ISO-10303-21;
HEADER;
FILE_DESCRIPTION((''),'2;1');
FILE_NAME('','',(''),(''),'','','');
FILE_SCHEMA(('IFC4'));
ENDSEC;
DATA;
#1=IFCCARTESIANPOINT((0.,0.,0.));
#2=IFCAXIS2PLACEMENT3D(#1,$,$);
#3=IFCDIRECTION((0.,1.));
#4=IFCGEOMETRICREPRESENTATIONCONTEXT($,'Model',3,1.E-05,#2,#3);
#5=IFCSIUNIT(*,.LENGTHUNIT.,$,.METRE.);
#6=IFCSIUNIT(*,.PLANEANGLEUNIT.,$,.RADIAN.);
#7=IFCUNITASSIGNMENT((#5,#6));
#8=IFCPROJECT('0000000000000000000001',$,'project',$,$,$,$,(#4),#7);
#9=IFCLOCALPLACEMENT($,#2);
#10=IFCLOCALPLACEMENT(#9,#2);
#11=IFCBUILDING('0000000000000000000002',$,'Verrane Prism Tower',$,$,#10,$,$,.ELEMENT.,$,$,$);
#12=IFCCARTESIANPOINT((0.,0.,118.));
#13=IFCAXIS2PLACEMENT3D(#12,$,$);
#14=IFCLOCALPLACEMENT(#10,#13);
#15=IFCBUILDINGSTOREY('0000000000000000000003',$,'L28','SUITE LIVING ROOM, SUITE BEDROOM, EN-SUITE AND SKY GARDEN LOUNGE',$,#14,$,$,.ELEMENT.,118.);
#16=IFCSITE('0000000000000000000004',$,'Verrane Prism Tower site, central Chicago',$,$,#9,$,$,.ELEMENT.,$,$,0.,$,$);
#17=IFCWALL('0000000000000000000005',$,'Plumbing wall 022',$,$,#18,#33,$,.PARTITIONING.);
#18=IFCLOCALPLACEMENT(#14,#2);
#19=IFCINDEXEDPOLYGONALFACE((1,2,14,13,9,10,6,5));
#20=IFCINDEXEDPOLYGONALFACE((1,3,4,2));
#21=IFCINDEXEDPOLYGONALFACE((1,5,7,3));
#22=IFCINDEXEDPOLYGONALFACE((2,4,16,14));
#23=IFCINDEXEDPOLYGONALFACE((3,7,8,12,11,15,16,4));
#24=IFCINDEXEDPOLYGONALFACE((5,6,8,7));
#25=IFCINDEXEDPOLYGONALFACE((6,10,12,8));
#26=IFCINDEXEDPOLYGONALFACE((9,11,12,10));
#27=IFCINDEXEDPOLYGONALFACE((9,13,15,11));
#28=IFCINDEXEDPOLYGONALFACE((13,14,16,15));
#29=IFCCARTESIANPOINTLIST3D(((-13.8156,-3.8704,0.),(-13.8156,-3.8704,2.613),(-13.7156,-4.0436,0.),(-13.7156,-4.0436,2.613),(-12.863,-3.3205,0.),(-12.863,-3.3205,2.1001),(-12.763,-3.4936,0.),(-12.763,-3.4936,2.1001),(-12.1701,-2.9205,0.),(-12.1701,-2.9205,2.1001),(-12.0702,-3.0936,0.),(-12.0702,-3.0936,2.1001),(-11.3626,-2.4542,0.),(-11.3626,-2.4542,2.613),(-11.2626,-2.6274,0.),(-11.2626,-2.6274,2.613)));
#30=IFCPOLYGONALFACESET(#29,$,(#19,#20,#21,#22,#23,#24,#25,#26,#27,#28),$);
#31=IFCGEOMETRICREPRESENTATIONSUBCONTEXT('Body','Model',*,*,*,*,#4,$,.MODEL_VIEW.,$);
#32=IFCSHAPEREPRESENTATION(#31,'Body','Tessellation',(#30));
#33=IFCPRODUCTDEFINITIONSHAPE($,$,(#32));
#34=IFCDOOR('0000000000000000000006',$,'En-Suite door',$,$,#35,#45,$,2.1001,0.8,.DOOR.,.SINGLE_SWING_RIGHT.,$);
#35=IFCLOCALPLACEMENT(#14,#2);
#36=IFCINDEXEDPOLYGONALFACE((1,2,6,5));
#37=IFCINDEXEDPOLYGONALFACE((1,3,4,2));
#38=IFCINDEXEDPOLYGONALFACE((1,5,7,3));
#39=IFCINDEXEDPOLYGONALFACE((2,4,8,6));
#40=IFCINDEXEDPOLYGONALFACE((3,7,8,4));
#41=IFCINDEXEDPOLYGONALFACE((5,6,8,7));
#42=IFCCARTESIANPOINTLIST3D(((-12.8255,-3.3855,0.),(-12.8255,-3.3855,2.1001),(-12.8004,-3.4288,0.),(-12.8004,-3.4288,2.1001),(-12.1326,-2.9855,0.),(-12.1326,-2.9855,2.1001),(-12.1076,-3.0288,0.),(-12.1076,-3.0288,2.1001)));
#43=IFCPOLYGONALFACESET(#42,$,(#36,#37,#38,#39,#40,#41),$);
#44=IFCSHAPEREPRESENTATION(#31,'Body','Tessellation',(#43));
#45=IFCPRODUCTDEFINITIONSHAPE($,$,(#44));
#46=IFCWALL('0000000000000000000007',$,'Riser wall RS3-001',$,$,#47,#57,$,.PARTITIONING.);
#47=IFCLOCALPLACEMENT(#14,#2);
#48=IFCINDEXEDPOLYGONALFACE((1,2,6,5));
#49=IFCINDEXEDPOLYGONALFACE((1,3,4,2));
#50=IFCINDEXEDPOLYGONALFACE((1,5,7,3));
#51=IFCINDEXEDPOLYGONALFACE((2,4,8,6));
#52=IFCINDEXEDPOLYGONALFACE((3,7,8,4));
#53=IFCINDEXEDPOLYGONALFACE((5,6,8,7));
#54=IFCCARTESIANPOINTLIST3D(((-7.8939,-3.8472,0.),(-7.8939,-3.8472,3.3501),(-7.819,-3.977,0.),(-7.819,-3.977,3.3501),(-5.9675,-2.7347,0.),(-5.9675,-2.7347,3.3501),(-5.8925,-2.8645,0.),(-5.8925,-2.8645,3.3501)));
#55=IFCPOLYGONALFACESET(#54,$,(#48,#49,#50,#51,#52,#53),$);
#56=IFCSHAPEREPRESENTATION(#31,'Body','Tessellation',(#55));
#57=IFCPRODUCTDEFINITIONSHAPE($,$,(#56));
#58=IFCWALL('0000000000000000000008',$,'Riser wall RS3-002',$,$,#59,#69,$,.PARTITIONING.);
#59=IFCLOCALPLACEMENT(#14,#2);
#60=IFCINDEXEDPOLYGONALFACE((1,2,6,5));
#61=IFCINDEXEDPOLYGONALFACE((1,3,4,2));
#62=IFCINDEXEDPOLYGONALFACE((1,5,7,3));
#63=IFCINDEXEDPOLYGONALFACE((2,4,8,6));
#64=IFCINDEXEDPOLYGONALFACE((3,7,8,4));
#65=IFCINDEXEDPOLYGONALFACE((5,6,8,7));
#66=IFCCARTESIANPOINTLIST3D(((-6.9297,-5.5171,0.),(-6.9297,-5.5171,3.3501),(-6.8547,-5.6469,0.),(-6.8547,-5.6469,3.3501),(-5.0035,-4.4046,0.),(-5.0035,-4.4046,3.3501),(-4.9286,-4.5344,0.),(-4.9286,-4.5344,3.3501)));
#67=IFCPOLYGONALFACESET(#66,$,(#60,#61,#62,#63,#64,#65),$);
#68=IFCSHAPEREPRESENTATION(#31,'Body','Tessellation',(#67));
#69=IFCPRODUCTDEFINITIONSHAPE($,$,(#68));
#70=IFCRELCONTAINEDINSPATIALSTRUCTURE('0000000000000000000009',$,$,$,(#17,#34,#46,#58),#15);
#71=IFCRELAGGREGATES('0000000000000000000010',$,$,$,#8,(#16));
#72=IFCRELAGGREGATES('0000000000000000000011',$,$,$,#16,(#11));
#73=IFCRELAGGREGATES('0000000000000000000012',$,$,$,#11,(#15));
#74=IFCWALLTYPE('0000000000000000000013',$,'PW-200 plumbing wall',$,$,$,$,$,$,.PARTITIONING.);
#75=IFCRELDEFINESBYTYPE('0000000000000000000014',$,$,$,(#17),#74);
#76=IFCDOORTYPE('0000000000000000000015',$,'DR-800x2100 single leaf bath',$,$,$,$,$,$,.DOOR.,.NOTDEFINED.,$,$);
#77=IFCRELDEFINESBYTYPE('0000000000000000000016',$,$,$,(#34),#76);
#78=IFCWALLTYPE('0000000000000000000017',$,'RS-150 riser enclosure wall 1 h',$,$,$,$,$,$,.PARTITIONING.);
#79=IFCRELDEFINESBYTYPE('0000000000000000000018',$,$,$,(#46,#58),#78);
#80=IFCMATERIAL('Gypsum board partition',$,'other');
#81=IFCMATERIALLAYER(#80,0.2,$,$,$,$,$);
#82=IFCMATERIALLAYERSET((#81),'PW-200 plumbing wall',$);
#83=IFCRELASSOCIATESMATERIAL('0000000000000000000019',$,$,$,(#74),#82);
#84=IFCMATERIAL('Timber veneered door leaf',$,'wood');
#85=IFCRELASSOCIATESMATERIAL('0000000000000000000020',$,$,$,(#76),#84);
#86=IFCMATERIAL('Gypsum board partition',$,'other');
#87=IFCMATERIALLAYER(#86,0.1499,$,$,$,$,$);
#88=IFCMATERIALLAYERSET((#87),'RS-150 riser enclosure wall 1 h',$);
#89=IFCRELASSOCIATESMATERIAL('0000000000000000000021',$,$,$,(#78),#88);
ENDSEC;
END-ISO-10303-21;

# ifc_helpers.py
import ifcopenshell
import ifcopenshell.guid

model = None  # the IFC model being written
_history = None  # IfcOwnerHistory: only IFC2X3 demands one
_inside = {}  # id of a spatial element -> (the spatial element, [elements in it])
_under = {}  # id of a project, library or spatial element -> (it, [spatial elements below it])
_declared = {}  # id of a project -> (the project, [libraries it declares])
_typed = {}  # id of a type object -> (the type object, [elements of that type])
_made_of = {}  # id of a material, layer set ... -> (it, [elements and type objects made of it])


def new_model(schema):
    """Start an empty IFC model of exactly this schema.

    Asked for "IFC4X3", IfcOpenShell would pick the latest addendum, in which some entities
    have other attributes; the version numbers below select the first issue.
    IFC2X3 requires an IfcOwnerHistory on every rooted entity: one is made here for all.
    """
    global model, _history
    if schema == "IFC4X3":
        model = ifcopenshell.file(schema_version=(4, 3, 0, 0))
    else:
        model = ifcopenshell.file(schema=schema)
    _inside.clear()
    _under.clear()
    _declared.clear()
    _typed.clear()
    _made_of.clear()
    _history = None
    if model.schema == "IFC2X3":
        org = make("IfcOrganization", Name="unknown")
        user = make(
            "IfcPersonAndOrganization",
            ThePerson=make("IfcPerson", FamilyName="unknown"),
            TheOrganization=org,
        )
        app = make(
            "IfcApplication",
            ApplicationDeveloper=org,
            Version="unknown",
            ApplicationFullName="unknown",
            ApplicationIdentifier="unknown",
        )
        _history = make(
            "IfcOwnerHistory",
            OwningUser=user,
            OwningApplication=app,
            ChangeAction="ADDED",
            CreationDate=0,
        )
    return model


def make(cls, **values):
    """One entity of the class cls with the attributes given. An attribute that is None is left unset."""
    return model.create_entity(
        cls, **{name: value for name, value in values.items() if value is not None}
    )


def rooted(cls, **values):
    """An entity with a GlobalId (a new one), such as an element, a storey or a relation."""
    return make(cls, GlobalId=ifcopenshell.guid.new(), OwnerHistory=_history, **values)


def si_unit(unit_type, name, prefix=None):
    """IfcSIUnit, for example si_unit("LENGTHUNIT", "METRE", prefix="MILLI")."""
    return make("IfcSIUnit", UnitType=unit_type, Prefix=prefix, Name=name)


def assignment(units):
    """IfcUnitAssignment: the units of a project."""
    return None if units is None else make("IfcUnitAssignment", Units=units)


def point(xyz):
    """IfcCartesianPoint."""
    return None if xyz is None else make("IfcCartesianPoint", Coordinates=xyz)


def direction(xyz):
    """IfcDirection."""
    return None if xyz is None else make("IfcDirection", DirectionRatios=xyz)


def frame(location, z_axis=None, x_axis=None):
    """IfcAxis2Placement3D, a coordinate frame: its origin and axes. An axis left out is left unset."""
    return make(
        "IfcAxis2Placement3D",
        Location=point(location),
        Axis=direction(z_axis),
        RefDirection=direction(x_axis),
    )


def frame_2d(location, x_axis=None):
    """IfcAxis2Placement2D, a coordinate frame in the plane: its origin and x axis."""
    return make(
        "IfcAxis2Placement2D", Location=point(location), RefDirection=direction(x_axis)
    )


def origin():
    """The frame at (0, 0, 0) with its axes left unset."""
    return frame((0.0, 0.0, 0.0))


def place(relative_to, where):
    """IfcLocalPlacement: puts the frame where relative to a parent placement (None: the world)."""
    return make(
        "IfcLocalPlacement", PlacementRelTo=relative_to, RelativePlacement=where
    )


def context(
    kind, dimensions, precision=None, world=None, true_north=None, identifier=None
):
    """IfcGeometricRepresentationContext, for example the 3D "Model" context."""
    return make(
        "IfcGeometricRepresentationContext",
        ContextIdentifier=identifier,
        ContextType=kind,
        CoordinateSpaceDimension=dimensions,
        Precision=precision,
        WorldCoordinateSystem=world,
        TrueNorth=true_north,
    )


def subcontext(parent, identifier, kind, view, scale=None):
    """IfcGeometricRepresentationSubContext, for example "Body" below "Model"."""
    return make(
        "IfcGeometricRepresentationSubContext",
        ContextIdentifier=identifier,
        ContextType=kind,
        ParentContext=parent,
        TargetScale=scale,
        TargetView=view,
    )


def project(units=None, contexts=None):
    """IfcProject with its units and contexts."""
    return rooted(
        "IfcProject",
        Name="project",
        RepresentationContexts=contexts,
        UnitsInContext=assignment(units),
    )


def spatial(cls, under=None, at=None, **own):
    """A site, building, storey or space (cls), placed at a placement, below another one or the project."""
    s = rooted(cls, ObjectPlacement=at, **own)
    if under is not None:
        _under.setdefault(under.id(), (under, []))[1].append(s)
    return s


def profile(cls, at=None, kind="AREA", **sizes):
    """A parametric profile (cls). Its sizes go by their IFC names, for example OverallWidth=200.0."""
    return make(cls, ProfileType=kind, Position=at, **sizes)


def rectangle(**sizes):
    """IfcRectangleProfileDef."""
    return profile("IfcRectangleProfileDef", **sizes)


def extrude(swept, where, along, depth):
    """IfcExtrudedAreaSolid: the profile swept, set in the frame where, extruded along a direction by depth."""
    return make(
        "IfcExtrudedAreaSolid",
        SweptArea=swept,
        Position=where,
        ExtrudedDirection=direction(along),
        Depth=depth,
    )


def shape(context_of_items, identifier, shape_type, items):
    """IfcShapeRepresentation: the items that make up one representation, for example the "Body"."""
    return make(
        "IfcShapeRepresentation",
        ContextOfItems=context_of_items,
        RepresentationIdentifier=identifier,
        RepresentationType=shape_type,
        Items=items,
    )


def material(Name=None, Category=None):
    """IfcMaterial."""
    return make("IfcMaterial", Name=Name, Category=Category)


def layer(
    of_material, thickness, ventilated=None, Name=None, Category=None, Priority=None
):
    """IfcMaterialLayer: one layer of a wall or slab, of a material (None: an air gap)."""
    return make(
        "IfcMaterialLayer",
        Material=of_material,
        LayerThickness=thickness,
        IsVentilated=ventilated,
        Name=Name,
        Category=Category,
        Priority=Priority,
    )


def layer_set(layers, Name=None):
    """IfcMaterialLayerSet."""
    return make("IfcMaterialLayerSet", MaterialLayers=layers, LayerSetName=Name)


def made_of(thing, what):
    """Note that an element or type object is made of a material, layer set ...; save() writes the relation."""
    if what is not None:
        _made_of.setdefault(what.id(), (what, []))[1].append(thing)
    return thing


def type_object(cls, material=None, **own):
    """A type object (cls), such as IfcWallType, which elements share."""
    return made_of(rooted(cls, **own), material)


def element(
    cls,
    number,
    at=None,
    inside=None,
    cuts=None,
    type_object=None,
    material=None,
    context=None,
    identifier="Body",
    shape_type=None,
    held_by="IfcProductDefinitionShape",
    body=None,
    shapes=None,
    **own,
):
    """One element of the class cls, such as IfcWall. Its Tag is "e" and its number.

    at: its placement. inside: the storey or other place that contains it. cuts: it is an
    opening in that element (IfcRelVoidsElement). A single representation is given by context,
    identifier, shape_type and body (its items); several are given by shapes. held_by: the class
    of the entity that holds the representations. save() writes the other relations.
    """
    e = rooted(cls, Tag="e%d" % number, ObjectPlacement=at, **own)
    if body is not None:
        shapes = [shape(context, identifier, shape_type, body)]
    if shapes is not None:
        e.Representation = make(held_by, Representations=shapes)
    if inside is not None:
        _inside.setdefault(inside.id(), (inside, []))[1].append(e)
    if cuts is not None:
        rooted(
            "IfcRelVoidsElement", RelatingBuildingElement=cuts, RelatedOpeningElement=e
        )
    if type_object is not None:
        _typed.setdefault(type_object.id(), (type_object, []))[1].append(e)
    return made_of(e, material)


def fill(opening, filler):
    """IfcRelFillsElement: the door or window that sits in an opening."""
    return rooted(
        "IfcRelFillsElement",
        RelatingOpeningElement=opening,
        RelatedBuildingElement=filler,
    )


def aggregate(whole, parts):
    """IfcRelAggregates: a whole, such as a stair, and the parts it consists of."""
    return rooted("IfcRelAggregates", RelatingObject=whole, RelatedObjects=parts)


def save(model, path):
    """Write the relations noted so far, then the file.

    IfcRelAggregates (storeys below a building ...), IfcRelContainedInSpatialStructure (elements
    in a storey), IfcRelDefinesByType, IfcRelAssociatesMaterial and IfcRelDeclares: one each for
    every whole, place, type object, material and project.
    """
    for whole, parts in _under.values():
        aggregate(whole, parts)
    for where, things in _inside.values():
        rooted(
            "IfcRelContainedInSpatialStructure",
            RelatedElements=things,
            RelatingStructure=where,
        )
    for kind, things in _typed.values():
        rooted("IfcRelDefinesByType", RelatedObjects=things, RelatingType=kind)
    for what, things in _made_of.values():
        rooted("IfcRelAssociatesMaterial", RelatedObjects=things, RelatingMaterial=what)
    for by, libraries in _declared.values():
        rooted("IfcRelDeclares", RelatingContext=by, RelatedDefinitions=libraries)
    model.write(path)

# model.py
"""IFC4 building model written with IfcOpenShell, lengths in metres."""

from ifc_helpers import new_model, si_unit, direction, frame, frame_2d, origin, place, context, subcontext, project, spatial, rectangle, extrude, material, layer, layer_set, type_object, element, fill, save


model = new_model("IFC4")

# Units and contexts
model_context = context("Model", 3, precision=1e-05, world=origin(), true_north=direction((0.0, 1.0)))
body_context = subcontext(model_context, "Body", "Model", "MODEL_VIEW")
ifc_project = project(units=[si_unit("LENGTHUNIT", "METRE"), si_unit("PLANEANGLEUNIT", "RADIAN")], contexts=[model_context])

# Site, building, storey
site_placement = place(None, origin())
site = spatial("IfcSite", under=ifc_project, at=site_placement, Name="Verrane Prism Tower site, central Chicago", CompositionType="ELEMENT", RefElevation=0.0)
building_placement = place(site_placement, origin())
building = spatial("IfcBuilding", under=site, at=building_placement, Name="Verrane Prism Tower", CompositionType="ELEMENT")
storey_placement = place(building_placement, frame((0.0, 0.0, 118.0)))
storey = spatial("IfcBuildingStorey", under=building, at=storey_placement, Name="L28", Description="SUITE LIVING ROOM, SUITE BEDROOM, EN-SUITE AND SKY GARDEN LOUNGE", CompositionType="ELEMENT", Elevation=118.0)

# Shared definitions
ifc_material_1 = material(Name="Gypsum board partition", Category="other")
ifc_layer_1 = layer(ifc_material_1, 0.2)
ifc_layer_set_1 = layer_set([ifc_layer_1], Name="PW-200 plumbing wall")
wall_type_1 = type_object("IfcWallType", Name="PW-200 plumbing wall", PredefinedType="PARTITIONING", material=ifc_layer_set_1)

# Shared definitions
ifc_material_2 = material(Name="Timber veneered door leaf", Category="wood")
door_type = type_object("IfcDoorType", Name="DR-800x2100 single leaf bath", OperationType="NOTDEFINED", PredefinedType="DOOR", material=ifc_material_2)

# Wall, opening, door
wall_1_placement = place(storey_placement, frame((-13.7656, -3.957, 0.0), z_axis=(0.0, 0.0, 1.0), x_axis=(0.866033, 0.499986, 0.0)))
wall_1 = element("IfcWall", 1, at=wall_1_placement, inside=storey, type_object=wall_type_1, Name="Plumbing wall 022", PredefinedType="PARTITIONING", context=body_context, shape_type="SweptSolid", body=[
    extrude(rectangle(XDim=2.8325, YDim=0.2, at=frame_2d((1.4163, 0.0))), origin(), (0.0, 0.0, 1.0), 2.613),
])
opening_1_placement = place(wall_1_placement, frame((1.1001, 0.0, 0.0)))
opening_1 = element("IfcOpeningElement", 2, at=opening_1_placement, cuts=wall_1, PredefinedType="OPENING", context=body_context, shape_type="SweptSolid", body=[
    extrude(rectangle(XDim=0.8, YDim=2.1001, at=frame_2d((0.3999, 1.05))), frame((0.0, 0.1099, 0.0), z_axis=(0.0, -1.0, 0.0), x_axis=(1.0, 0.0, 0.0)), (0.0, 0.0, 1.0), 0.22),
])
door_1_placement = place(opening_1_placement, origin())
door_1 = element("IfcDoor", 3, at=door_1_placement, inside=storey, type_object=door_type, Name="En-Suite door", OperationType="SINGLE_SWING_RIGHT", OverallHeight=2.1001, OverallWidth=0.8, PredefinedType="DOOR", context=body_context, shape_type="SweptSolid", body=[
    extrude(rectangle(XDim=0.8, YDim=2.1001, at=frame_2d((0.3999, 1.05))), frame((0.0, 0.0249, 0.0), z_axis=(0.0, -1.0, 0.0), x_axis=(1.0, 0.0, 0.0)), (0.0, 0.0, 1.0), 0.05),
])
fill(opening_1, door_1)

# Walls
ifc_material_3 = material(Name="Gypsum board partition", Category="other")
ifc_layer_2 = layer(ifc_material_3, 0.1499)
ifc_layer_set_2 = layer_set([ifc_layer_2], Name="RS-150 riser enclosure wall 1 h")
wall_type_2 = type_object("IfcWallType", Name="RS-150 riser enclosure wall 1 h", PredefinedType="PARTITIONING", material=ifc_layer_set_2)
wall_2_placement = place(storey_placement, frame((-7.8564, -3.9121, 0.0), z_axis=(0.0, 0.0, 1.0), x_axis=(0.865972, 0.500093, 0.0)))
element("IfcWall", 4, at=wall_2_placement, inside=storey, type_object=wall_type_2, Name="Riser wall RS3-001", PredefinedType="PARTITIONING", context=body_context, shape_type="SweptSolid", body=[
    extrude(rectangle(XDim=2.2246, YDim=0.1499, at=frame_2d((1.1123, 0.0))), origin(), (0.0, 0.0, 1.0), 3.3501),
])
wall_3_placement = place(storey_placement, frame((-6.8923, -5.582, 0.0), z_axis=(0.0, 0.0, 1.0), x_axis=(0.865944, 0.50014, 0.0)))
element("IfcWall", 5, at=wall_3_placement, inside=storey, type_object=wall_type_2, Name="Riser wall RS3-002", PredefinedType="PARTITIONING", context=body_context, shape_type="SweptSolid", body=[
    extrude(rectangle(XDim=2.2244, YDim=0.1499, at=frame_2d((1.1123, 0.0))), origin(), (0.0, 0.0, 1.0), 3.3501),
])

save(model, "model.ifc")
